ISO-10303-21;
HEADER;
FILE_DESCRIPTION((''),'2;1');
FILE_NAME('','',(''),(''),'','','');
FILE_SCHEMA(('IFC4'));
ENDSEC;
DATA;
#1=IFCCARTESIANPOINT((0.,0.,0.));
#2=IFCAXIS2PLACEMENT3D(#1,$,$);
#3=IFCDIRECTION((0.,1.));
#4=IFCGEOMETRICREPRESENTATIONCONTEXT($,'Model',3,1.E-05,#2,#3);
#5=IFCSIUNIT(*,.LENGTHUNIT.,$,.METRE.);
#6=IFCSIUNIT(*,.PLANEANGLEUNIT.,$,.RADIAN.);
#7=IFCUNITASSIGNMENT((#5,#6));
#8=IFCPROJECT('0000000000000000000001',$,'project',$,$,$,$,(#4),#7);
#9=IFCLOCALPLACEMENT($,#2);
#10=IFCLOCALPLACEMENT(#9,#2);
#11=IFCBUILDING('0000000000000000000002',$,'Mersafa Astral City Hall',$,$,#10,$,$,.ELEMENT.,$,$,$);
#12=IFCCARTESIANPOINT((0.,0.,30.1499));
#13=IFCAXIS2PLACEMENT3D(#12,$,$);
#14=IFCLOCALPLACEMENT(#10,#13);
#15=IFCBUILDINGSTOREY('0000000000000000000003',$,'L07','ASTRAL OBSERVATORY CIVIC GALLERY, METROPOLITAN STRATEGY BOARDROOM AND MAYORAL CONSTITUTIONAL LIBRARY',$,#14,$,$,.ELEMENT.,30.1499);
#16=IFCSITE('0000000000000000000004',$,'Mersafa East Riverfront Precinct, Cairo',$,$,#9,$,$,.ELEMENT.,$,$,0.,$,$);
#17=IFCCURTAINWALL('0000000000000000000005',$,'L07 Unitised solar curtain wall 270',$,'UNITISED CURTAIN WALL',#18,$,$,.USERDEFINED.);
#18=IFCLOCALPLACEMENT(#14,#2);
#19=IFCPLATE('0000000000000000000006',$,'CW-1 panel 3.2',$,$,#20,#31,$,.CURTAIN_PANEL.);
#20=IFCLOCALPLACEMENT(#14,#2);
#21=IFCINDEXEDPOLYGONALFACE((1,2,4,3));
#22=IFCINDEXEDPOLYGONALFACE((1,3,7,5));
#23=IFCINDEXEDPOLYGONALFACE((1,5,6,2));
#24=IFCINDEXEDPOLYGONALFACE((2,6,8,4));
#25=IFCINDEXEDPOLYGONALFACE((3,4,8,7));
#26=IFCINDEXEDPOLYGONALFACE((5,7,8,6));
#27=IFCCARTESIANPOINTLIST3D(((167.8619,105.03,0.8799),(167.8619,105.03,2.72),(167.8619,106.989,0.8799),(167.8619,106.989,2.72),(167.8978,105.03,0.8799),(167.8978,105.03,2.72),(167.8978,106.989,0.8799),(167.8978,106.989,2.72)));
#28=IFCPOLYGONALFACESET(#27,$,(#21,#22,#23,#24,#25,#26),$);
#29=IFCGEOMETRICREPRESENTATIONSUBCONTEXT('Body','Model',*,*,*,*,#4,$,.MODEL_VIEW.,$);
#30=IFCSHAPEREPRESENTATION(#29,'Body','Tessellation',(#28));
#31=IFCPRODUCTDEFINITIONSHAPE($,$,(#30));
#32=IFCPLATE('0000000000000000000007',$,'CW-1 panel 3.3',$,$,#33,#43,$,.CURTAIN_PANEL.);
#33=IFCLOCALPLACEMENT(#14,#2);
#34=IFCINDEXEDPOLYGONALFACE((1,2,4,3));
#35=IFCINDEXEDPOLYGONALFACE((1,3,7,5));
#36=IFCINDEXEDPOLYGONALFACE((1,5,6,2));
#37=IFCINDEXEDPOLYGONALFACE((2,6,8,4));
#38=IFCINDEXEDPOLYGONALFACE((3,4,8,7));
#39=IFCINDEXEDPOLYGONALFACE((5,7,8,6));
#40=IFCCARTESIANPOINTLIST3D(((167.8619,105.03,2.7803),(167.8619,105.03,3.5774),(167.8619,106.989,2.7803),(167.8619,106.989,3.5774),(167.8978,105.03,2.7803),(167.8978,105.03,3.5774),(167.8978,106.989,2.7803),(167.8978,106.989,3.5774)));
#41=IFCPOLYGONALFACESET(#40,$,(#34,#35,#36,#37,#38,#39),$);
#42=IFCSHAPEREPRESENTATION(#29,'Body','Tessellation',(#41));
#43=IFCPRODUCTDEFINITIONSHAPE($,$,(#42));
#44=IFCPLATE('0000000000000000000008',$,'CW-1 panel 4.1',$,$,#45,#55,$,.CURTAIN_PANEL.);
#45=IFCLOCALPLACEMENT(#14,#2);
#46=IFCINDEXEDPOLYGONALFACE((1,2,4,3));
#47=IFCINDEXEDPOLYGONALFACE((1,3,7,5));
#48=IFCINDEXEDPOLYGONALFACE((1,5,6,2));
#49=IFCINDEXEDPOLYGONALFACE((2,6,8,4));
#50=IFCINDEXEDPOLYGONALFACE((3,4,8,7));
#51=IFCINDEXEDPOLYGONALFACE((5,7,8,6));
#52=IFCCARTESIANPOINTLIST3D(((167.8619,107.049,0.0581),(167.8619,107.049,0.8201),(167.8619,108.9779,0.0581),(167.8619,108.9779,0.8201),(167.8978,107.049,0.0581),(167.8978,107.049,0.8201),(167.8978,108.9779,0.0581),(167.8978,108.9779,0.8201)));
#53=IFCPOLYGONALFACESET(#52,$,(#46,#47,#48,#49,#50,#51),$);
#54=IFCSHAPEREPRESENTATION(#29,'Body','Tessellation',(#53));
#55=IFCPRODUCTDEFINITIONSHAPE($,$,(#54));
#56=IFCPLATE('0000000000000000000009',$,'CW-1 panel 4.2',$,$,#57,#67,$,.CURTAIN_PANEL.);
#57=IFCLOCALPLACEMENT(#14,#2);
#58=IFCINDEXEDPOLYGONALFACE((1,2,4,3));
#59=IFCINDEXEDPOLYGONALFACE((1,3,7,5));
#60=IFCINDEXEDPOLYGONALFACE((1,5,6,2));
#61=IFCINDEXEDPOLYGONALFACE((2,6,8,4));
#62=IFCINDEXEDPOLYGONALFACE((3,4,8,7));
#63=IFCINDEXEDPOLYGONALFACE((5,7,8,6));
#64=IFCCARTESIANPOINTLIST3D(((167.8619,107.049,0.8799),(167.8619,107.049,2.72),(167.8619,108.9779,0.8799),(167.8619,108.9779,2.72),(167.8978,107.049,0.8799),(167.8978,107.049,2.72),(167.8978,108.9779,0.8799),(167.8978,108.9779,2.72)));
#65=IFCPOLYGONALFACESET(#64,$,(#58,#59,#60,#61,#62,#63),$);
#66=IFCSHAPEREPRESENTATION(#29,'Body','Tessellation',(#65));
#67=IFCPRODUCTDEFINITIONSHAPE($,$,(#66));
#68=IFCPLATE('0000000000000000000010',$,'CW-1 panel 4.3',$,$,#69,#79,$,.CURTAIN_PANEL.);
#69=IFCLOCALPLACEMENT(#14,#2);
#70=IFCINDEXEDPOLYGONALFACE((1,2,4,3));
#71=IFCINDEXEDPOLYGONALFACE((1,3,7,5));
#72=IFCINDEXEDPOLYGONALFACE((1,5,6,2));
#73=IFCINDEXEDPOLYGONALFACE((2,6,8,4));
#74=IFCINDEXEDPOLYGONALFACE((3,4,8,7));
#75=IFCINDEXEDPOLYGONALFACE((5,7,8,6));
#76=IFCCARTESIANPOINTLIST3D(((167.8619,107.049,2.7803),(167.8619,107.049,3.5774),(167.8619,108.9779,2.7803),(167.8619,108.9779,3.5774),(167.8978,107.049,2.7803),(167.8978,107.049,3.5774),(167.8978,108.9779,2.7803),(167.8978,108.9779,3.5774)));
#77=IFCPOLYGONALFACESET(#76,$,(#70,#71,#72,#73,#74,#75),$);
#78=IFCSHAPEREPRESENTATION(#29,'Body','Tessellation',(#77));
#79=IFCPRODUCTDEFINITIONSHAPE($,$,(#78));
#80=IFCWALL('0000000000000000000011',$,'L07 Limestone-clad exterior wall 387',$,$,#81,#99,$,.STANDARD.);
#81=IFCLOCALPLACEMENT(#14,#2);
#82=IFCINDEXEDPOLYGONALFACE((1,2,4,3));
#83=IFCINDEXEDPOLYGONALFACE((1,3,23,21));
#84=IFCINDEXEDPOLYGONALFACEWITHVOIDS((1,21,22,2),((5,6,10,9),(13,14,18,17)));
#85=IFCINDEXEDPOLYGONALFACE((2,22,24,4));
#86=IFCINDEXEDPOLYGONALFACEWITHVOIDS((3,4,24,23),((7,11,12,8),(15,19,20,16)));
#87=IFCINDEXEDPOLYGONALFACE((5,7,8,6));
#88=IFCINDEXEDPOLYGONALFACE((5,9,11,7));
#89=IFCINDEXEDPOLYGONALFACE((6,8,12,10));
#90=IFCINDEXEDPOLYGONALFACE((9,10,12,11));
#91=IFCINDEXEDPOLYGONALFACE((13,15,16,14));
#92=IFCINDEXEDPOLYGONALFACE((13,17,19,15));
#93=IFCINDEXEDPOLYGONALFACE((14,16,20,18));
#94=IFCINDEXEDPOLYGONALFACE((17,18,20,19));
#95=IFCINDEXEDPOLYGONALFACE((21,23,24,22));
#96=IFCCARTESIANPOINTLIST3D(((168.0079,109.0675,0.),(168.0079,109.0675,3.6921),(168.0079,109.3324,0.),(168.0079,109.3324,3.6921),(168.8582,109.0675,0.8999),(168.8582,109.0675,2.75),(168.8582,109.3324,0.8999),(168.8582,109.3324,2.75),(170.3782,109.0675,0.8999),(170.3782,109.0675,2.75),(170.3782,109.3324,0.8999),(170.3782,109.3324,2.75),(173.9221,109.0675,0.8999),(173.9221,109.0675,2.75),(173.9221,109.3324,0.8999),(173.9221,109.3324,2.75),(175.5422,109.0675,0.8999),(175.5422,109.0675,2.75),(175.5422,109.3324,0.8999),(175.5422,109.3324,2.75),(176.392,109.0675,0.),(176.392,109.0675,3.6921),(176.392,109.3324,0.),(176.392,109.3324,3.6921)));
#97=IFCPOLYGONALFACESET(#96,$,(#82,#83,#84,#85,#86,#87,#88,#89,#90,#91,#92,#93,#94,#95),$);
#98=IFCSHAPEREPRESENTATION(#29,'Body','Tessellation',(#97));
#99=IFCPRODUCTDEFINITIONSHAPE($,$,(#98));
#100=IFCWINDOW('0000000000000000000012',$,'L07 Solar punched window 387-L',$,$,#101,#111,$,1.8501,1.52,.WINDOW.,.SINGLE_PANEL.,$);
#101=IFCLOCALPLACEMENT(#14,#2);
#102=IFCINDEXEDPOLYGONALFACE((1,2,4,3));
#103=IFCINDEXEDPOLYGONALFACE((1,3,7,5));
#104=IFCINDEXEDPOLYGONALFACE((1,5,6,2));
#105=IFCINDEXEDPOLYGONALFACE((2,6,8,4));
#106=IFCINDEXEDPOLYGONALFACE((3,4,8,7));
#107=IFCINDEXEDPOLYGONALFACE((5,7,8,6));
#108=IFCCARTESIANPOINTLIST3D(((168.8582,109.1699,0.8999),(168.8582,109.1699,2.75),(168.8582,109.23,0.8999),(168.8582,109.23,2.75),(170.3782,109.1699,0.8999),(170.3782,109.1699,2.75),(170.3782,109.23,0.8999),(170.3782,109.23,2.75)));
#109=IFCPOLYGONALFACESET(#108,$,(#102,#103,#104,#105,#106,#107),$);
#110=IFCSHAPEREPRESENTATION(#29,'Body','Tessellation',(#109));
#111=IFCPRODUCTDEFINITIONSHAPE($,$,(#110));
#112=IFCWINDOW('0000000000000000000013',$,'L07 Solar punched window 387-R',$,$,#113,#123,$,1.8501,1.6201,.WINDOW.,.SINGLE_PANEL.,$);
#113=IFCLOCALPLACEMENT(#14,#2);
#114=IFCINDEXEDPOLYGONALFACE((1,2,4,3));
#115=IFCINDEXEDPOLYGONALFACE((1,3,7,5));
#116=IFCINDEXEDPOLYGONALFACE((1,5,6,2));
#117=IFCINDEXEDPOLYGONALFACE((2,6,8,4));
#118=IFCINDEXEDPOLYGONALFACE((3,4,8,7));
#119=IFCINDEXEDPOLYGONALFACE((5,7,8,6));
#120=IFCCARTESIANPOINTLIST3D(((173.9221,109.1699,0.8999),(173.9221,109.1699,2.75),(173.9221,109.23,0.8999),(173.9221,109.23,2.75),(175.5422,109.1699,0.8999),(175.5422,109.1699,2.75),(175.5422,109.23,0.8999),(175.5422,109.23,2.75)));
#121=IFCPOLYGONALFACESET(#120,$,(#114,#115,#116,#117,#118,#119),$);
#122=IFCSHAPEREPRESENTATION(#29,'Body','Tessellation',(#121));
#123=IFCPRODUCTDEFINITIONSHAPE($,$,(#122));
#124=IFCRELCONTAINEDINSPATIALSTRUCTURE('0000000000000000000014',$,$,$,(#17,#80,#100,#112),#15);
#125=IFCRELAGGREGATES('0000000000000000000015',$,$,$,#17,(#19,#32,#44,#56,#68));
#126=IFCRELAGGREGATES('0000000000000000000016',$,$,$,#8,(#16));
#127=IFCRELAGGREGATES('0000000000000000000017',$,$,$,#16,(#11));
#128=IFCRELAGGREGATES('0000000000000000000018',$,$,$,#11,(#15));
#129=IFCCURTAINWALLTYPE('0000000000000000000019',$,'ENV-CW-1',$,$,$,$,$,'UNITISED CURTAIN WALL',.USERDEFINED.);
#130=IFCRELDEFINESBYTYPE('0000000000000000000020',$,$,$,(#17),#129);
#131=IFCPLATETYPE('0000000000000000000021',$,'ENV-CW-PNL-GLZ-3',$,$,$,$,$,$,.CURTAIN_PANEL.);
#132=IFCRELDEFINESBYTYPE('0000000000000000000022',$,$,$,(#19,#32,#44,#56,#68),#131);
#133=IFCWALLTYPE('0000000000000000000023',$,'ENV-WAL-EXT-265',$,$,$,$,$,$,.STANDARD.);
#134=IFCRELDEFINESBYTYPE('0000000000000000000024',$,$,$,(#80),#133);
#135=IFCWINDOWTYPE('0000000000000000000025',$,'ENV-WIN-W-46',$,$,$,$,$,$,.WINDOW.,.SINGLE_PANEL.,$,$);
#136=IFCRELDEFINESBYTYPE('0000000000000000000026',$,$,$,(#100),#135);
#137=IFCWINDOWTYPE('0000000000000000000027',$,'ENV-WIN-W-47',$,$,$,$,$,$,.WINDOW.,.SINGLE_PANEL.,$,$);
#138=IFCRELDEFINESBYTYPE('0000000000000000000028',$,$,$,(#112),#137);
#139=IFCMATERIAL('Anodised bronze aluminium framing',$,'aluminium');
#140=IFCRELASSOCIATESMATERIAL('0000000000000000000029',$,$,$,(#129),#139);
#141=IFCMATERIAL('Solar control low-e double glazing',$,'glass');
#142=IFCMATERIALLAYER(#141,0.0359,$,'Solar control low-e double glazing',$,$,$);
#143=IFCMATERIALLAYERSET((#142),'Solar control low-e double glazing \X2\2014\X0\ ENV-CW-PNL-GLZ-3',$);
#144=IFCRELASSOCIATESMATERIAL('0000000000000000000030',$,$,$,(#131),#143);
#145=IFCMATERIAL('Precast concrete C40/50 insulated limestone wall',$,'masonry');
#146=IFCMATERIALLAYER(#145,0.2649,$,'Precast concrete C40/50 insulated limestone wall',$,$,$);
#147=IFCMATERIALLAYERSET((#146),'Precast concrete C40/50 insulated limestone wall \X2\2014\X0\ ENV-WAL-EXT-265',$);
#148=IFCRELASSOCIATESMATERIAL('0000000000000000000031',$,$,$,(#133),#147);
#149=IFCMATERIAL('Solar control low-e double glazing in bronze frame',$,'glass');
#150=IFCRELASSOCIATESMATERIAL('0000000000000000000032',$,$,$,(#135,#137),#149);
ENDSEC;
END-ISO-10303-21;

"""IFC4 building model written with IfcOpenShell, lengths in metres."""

from ifc_helpers import new_model, si_unit, direction, frame, frame_2d, origin, origin_2d, place, context, subcontext, project, spatial, rectangle, extrude, material, layer, layer_set, type_object, element, fill, aggregate, save


model = new_model("IFC4")

# Units and contexts
model_context = context("Model", 3, precision=1e-05, world=origin(), true_north=direction((0.0, 1.0)))
body_context = subcontext(model_context, "Body", "Model", "MODEL_VIEW")
ifc_project = project(units=[si_unit("LENGTHUNIT", "METRE"), si_unit("PLANEANGLEUNIT", "RADIAN")], contexts=[model_context])

# Site, building, storey
site_placement = place(None, origin())
site = spatial("IfcSite", under=ifc_project, at=site_placement, Name="Mersafa East Riverfront Precinct, Cairo", CompositionType="ELEMENT", RefElevation=0.0)
building_placement = place(site_placement, origin())
building = spatial("IfcBuilding", under=site, at=building_placement, Name="Mersafa Astral City Hall", CompositionType="ELEMENT")
storey_placement = place(building_placement, frame((0.0, 0.0, 30.1499)))
storey = spatial("IfcBuildingStorey", under=building, at=storey_placement, Name="L07", Description="ASTRAL OBSERVATORY CIVIC GALLERY, METROPOLITAN STRATEGY BOARDROOM AND MAYORAL CONSTITUTIONAL LIBRARY", CompositionType="ELEMENT", Elevation=30.1499)

# Curtain wall
ifc_material_1 = material(Name="Anodised bronze aluminium framing", Category="aluminium")
curtain_wall_type = type_object("IfcCurtainWallType", Name="ENV-CW-1", ElementType="UNITISED CURTAIN WALL", PredefinedType="USERDEFINED", material=ifc_material_1)
curtain_wall_placement = place(storey_placement, origin())
curtain_wall = element("IfcCurtainWall", 1, at=curtain_wall_placement, inside=storey, type_object=curtain_wall_type, Name="L07 Unitised solar curtain wall 270", ObjectType="UNITISED CURTAIN WALL", PredefinedType="USERDEFINED")

# Plates
ifc_material_2 = material(Name="Solar control low-e double glazing", Category="glass")
ifc_layer_1 = layer(ifc_material_2, 0.0359, Name="Solar control low-e double glazing")
ifc_layer_set_1 = layer_set([ifc_layer_1], Name="Solar control low-e double glazing — ENV-CW-PNL-GLZ-3")
plate_type = type_object("IfcPlateType", Name="ENV-CW-PNL-GLZ-3", PredefinedType="CURTAIN_PANEL", material=ifc_layer_set_1)
plate_1_placement = place(storey_placement, frame((167.8799, 106.0095, 0.8799), z_axis=(0.0, 0.0, 1.0), x_axis=(0.0, 1.0, 0.0)))
plate_1 = element("IfcPlate", 2, at=plate_1_placement, type_object=plate_type, Name="CW-1 panel 3.2", PredefinedType="CURTAIN_PANEL", context=body_context, shape_type="SweptSolid", body=[
    extrude(rectangle(XDim=1.959, YDim=0.0359, at=origin_2d()), origin(), (0.0, 0.0, 1.0), 1.8401),
])
plate_2_placement = place(storey_placement, frame((167.8799, 106.0095, 2.7803), z_axis=(0.0, 0.0, 1.0), x_axis=(0.0, 1.0, 0.0)))
plate_2 = element("IfcPlate", 3, at=plate_2_placement, type_object=plate_type, Name="CW-1 panel 3.3", PredefinedType="CURTAIN_PANEL", context=body_context, shape_type="SweptSolid", body=[
    extrude(rectangle(XDim=1.959, YDim=0.0359, at=origin_2d()), origin(), (0.0, 0.0, 1.0), 0.7971),
])
plate_3_placement = place(storey_placement, frame((167.8799, 108.0134, 0.0581), z_axis=(0.0, 0.0, 1.0), x_axis=(0.0, 1.0, 0.0)))
plate_3 = element("IfcPlate", 4, at=plate_3_placement, type_object=plate_type, Name="CW-1 panel 4.1", PredefinedType="CURTAIN_PANEL", context=body_context, shape_type="SweptSolid", body=[
    extrude(rectangle(XDim=1.929, YDim=0.0359, at=origin_2d()), origin(), (0.0, 0.0, 1.0), 0.762),
])
plate_4_placement = place(storey_placement, frame((167.8799, 108.0134, 0.8799), z_axis=(0.0, 0.0, 1.0), x_axis=(0.0, 1.0, 0.0)))
plate_4 = element("IfcPlate", 5, at=plate_4_placement, type_object=plate_type, Name="CW-1 panel 4.2", PredefinedType="CURTAIN_PANEL", context=body_context, shape_type="SweptSolid", body=[
    extrude(rectangle(XDim=1.929, YDim=0.0359, at=origin_2d()), origin(), (0.0, 0.0, 1.0), 1.8401),
])
plate_5_placement = place(storey_placement, frame((167.8799, 108.0134, 2.7803), z_axis=(0.0, 0.0, 1.0), x_axis=(0.0, 1.0, 0.0)))
plate_5 = element("IfcPlate", 6, at=plate_5_placement, type_object=plate_type, Name="CW-1 panel 4.3", PredefinedType="CURTAIN_PANEL", context=body_context, shape_type="SweptSolid", body=[
    extrude(rectangle(XDim=1.929, YDim=0.0359, at=origin_2d()), origin(), (0.0, 0.0, 1.0), 0.7971),
])
aggregate(curtain_wall, [plate_1, plate_2, plate_3, plate_4, plate_5])

# Wall, openings, windows
ifc_material_3 = material(Name="Precast concrete C40/50 insulated limestone wall", Category="masonry")
ifc_layer_2 = layer(ifc_material_3, 0.2649, Name="Precast concrete C40/50 insulated limestone wall")
ifc_layer_set_2 = layer_set([ifc_layer_2], Name="Precast concrete C40/50 insulated limestone wall — ENV-WAL-EXT-265")
wall_type = type_object("IfcWallType", Name="ENV-WAL-EXT-265", PredefinedType="STANDARD", material=ifc_layer_set_2)
wall_placement = place(storey_placement, frame((168.0081, 109.2, 0.0), z_axis=(0.0, 0.0, 1.0), x_axis=(1.0, 0.0, 0.0)))
wall = element("IfcWall", 7, at=wall_placement, inside=storey, type_object=wall_type, Name="L07 Limestone-clad exterior wall 387", PredefinedType="STANDARD", context=body_context, shape_type="SweptSolid", body=[
    extrude(rectangle(XDim=8.384, YDim=0.2649, at=frame_2d((4.1919, 0.0))), origin(), (0.0, 0.0, 1.0), 3.6921),
])
opening_1_placement = place(wall_placement, frame((0.8501, 0.0, 0.8999)))
opening_1 = element("IfcOpeningElement", 8, at=opening_1_placement, cuts=wall, PredefinedType="OPENING", context=body_context, shape_type="SweptSolid", body=[
    extrude(rectangle(XDim=1.52, YDim=1.8501, at=frame_2d((0.76, 0.925))), frame((0.0, 0.1423, 0.0), z_axis=(0.0, -1.0, 0.0), x_axis=(1.0, 0.0, 0.0)), (0.0, 0.0, 1.0), 0.2849),
])
opening_2_placement = place(wall_placement, frame((5.9141, 0.0, 0.8999)))
opening_2 = element("IfcOpeningElement", 9, at=opening_2_placement, cuts=wall, PredefinedType="OPENING", context=body_context, shape_type="SweptSolid", body=[
    extrude(rectangle(XDim=1.6201, YDim=1.8501, at=frame_2d((0.8101, 0.925))), frame((0.0, 0.1423, 0.0), z_axis=(0.0, -1.0, 0.0), x_axis=(1.0, 0.0, 0.0)), (0.0, 0.0, 1.0), 0.2849),
])
ifc_material_4 = material(Name="Solar control low-e double glazing in bronze frame", Category="glass")
window_type_1 = type_object("IfcWindowType", Name="ENV-WIN-W-46", PartitioningType="SINGLE_PANEL", PredefinedType="WINDOW", material=ifc_material_4)
window_1_placement = place(opening_1_placement, origin())
window_1 = element("IfcWindow", 10, at=window_1_placement, inside=storey, type_object=window_type_1, Name="L07 Solar punched window 387-L", OverallHeight=1.8501, OverallWidth=1.52, PartitioningType="SINGLE_PANEL", PredefinedType="WINDOW", context=body_context, shape_type="SweptSolid", body=[
    extrude(rectangle(XDim=1.52, YDim=1.8501, at=frame_2d((0.76, 0.925))), frame((0.0, 0.03, 0.0), z_axis=(0.0, -1.0, 0.0), x_axis=(1.0, 0.0, 0.0)), (0.0, 0.0, 1.0), 0.0601),
])
fill(opening_1, window_1)
window_type_2 = type_object("IfcWindowType", Name="ENV-WIN-W-47", PartitioningType="SINGLE_PANEL", PredefinedType="WINDOW", material=ifc_material_4)
window_2_placement = place(opening_2_placement, origin())
window_2 = element("IfcWindow", 11, at=window_2_placement, inside=storey, type_object=window_type_2, Name="L07 Solar punched window 387-R", OverallHeight=1.8501, OverallWidth=1.6201, PartitioningType="SINGLE_PANEL", PredefinedType="WINDOW", context=body_context, shape_type="SweptSolid", body=[
    extrude(rectangle(XDim=1.6201, YDim=1.8501, at=frame_2d((0.8101, 0.925))), frame((0.0, 0.03, 0.0), z_axis=(0.0, -1.0, 0.0), x_axis=(1.0, 0.0, 0.0)), (0.0, 0.0, 1.0), 0.0601),
])
fill(opening_2, window_2)

save(model, "model.ifc")
